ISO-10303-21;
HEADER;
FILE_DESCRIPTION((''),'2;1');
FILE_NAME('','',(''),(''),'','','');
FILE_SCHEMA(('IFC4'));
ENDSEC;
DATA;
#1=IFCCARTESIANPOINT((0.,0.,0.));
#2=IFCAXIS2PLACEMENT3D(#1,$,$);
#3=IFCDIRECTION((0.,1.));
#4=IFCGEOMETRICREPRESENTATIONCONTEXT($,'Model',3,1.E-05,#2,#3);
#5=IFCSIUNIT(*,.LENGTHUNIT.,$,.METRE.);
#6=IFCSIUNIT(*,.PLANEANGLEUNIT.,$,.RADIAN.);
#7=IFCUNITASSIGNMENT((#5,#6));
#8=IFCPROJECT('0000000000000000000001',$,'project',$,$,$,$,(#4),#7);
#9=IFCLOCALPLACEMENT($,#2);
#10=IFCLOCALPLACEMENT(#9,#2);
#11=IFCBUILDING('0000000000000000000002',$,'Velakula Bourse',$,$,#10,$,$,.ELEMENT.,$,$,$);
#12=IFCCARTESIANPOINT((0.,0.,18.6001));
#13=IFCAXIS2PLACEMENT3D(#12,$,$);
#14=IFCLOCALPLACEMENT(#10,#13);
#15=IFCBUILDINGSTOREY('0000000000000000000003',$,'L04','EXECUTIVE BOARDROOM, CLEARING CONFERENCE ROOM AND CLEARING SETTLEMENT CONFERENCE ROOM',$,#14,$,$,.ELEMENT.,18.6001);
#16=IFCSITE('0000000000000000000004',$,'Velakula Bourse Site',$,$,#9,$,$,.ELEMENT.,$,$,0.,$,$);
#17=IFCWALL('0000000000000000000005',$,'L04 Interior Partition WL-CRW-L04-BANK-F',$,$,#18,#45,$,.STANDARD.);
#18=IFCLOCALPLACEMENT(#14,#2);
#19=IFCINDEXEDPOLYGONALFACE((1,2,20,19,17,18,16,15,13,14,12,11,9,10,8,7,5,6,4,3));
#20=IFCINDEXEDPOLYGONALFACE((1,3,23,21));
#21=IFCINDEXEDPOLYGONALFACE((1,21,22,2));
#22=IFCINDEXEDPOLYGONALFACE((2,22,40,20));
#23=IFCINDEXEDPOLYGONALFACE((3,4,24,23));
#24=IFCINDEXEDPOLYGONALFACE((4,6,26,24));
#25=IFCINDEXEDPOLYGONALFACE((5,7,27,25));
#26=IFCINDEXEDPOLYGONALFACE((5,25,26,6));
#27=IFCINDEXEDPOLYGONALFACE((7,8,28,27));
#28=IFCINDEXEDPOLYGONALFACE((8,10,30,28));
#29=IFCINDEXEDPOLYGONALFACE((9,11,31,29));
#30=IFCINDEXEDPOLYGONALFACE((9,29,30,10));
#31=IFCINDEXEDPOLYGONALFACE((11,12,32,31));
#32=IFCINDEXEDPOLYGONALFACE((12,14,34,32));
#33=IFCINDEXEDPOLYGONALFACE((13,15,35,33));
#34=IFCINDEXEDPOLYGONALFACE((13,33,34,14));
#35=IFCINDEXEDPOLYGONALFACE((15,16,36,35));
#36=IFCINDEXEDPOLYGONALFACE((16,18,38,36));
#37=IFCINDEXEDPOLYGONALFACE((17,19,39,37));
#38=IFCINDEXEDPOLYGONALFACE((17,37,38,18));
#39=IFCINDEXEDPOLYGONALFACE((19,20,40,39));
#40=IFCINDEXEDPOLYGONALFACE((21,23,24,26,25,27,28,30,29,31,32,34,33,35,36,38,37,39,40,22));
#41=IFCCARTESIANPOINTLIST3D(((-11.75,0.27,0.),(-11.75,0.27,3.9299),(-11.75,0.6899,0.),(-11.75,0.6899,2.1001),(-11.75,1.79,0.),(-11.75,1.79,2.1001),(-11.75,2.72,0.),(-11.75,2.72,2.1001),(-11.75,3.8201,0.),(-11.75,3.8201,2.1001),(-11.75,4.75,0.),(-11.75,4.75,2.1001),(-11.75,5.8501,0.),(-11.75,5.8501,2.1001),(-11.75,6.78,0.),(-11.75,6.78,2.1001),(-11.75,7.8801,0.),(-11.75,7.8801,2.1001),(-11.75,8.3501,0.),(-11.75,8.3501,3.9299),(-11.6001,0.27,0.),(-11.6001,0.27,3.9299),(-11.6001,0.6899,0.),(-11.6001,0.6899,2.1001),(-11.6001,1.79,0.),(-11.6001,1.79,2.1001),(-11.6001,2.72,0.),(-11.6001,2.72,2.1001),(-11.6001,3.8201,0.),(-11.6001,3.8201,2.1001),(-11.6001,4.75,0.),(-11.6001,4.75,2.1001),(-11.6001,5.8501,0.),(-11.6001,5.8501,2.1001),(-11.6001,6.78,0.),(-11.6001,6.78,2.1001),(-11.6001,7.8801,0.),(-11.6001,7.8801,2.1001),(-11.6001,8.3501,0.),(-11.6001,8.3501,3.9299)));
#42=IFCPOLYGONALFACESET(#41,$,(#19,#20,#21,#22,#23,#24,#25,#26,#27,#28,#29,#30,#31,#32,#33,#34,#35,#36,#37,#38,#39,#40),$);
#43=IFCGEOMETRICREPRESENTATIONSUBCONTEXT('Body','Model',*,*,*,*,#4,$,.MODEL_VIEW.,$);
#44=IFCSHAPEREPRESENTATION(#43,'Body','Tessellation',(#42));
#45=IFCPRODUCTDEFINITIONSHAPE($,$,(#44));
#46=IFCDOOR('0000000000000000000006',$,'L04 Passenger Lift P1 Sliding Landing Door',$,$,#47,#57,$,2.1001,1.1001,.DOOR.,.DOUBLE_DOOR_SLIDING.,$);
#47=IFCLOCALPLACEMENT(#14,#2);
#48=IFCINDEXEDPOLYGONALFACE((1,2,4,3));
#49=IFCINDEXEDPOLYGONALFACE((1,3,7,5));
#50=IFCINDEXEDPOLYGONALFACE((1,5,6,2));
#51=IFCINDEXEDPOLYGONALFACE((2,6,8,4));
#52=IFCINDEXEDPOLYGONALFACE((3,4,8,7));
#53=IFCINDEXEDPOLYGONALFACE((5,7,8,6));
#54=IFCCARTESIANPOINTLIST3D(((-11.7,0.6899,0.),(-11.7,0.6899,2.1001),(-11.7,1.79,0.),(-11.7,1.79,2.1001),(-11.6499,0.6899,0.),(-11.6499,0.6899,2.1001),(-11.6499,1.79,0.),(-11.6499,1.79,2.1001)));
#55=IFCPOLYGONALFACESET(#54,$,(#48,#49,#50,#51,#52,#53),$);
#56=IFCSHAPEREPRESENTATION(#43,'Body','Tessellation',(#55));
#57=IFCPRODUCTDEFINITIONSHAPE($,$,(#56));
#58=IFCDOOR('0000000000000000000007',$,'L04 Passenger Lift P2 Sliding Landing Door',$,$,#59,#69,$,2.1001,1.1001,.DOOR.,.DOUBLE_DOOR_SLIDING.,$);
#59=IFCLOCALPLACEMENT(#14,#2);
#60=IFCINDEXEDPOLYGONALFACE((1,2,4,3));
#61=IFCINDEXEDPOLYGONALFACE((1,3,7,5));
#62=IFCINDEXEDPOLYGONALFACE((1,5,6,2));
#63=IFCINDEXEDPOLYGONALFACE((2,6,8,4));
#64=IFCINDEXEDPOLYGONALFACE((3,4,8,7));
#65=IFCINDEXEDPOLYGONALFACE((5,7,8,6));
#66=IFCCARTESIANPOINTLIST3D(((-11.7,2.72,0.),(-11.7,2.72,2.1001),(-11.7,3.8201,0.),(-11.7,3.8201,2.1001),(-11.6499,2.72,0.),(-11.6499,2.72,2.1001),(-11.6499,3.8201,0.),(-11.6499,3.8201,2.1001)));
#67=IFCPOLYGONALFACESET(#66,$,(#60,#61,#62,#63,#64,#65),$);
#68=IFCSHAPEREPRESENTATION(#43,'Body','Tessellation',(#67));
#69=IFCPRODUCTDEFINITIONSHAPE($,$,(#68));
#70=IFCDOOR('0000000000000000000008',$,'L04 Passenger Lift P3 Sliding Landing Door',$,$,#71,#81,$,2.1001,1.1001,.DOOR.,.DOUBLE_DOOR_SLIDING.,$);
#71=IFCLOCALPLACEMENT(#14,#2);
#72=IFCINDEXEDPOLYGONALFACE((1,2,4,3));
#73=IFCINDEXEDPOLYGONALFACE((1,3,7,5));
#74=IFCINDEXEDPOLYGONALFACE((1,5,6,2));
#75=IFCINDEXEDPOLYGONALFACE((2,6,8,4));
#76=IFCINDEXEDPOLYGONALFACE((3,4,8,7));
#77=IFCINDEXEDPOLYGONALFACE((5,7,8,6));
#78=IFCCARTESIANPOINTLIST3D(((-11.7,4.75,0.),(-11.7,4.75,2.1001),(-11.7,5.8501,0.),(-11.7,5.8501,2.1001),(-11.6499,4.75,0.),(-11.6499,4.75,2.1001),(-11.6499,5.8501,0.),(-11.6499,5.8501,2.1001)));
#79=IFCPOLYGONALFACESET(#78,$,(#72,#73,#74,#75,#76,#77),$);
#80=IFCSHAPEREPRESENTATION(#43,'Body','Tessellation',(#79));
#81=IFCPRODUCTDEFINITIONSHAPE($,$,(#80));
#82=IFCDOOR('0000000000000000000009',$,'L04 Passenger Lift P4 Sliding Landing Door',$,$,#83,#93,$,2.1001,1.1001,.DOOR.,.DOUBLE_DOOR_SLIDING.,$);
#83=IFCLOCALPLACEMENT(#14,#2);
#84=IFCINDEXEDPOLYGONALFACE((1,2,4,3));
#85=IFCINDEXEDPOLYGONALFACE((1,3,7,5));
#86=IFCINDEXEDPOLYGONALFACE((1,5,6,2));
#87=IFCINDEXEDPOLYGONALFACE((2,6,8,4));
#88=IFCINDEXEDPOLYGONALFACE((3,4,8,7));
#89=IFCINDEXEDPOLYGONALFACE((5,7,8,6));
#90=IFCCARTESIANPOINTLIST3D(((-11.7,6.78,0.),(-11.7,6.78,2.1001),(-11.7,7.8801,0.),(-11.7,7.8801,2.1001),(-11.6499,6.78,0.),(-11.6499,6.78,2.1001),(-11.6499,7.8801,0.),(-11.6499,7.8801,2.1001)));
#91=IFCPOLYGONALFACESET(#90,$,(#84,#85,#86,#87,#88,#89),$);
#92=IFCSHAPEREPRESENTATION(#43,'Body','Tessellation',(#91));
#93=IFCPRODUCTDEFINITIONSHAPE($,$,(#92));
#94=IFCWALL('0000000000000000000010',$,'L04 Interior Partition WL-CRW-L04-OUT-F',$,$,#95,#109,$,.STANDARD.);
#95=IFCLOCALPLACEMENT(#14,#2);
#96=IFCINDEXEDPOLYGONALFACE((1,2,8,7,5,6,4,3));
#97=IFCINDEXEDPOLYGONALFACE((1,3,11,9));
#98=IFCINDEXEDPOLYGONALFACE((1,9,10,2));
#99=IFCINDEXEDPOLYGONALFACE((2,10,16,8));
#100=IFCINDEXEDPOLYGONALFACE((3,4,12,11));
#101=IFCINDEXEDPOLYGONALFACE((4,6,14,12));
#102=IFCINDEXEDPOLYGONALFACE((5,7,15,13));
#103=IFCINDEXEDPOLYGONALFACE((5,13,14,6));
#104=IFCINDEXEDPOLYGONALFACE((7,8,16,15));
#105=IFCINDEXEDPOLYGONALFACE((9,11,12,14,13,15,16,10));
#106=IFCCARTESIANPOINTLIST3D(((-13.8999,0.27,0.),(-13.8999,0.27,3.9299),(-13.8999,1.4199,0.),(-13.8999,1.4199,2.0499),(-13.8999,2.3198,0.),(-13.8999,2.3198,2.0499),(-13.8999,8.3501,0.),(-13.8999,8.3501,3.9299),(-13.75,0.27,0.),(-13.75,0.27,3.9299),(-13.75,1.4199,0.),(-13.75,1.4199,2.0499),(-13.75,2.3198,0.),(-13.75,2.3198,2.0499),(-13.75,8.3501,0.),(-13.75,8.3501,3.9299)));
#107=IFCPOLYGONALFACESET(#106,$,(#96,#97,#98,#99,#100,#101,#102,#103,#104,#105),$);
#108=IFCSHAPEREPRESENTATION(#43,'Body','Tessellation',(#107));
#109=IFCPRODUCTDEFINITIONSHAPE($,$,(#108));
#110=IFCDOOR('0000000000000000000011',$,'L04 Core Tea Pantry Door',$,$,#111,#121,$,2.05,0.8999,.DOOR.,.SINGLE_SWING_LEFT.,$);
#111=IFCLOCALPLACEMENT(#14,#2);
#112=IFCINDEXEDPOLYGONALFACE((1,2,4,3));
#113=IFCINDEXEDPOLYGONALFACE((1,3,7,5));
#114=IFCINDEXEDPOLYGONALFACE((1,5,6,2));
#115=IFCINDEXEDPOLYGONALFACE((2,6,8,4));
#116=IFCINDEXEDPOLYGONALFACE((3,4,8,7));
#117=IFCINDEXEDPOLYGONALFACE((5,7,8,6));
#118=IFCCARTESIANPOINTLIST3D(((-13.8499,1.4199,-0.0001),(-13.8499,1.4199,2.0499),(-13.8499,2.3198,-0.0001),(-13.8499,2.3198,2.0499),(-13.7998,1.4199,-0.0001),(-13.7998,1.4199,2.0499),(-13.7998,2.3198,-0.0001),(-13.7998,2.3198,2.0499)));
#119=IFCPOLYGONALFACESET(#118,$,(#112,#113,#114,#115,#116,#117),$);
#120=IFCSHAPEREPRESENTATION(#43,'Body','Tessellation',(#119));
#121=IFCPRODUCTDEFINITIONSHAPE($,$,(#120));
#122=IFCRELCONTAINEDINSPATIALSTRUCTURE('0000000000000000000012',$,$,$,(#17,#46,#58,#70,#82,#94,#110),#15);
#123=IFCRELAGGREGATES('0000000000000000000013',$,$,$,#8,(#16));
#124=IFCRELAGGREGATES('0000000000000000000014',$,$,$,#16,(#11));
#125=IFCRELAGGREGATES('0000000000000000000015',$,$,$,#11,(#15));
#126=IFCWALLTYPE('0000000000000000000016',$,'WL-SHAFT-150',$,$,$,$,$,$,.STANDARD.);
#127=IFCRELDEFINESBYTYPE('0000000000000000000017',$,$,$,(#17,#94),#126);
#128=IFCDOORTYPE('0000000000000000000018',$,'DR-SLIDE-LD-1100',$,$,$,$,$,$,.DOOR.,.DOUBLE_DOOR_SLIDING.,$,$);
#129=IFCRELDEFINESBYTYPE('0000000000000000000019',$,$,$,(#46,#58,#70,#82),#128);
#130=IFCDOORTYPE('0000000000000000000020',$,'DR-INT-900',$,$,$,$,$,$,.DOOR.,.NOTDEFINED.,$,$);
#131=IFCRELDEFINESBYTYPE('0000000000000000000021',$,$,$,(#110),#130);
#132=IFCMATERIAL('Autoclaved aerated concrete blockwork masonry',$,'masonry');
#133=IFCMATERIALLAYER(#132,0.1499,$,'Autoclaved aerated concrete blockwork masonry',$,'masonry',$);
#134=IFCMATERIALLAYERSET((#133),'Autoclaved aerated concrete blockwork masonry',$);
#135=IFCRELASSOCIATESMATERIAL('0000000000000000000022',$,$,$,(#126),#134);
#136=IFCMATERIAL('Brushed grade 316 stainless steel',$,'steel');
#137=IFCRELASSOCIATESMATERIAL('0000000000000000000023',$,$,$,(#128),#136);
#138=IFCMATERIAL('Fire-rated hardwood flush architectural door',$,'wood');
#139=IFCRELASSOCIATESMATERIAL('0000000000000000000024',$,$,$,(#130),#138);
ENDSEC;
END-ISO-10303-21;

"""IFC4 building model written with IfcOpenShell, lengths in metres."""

from ifc_helpers import new_model, si_unit, direction, frame, frame_2d, origin, place, context, subcontext, project, spatial, rectangle, extrude, material, layer, layer_set, type_object, element, fill, save


model = new_model("IFC4")

# Units and contexts
model_context = context("Model", 3, precision=1e-05, world=origin(), true_north=direction((0.0, 1.0)))
body_context = subcontext(model_context, "Body", "Model", "MODEL_VIEW")
ifc_project = project(units=[si_unit("LENGTHUNIT", "METRE"), si_unit("PLANEANGLEUNIT", "RADIAN")], contexts=[model_context])

# Site, building, storey
site_placement = place(None, origin())
site = spatial("IfcSite", under=ifc_project, at=site_placement, Name="Velakula Bourse Site", CompositionType="ELEMENT", RefElevation=0.0)
building_placement = place(site_placement, origin())
building = spatial("IfcBuilding", under=site, at=building_placement, Name="Velakula Bourse", CompositionType="ELEMENT")
storey_placement = place(building_placement, frame((0.0, 0.0, 18.6001)))
storey = spatial("IfcBuildingStorey", under=building, at=storey_placement, Name="L04", Description="EXECUTIVE BOARDROOM, CLEARING CONFERENCE ROOM AND CLEARING SETTLEMENT CONFERENCE ROOM", CompositionType="ELEMENT", Elevation=18.6001)

# Shared definitions
ifc_material_1 = material(Name="Fire-rated hardwood flush architectural door", Category="wood")

# Shared definitions
ifc_material_2 = material(Name="Autoclaved aerated concrete blockwork masonry", Category="masonry")
ifc_layer_1 = layer(ifc_material_2, 0.1499, Name="Autoclaved aerated concrete blockwork masonry", Category="masonry")
ifc_layer_set_1 = layer_set([ifc_layer_1], Name="Autoclaved aerated concrete blockwork masonry")
wall_type_1 = type_object("IfcWallType", Name="WL-SHAFT-150", PredefinedType="STANDARD", material=ifc_layer_set_1)

# Wall, openings, doors
wall_1_placement = place(storey_placement, frame((-11.675, 0.27, 0.0), z_axis=(0.0, 0.0, 1.0), x_axis=(0.0, 1.0, 0.0)))
wall_1 = element("IfcWall", 1, at=wall_1_placement, inside=storey, type_object=wall_type_1, Name="L04 Interior Partition WL-CRW-L04-BANK-F", PredefinedType="STANDARD", context=body_context, shape_type="SweptSolid", body=[
    extrude(rectangle(XDim=8.0801, YDim=0.1499, at=frame_2d((4.04, 0.0))), origin(), (0.0, 0.0, 1.0), 3.9299),
])
opening_1_placement = place(wall_1_placement, frame((0.4199, 0.0, 0.0)))
opening_1 = element("IfcOpeningElement", 2, at=opening_1_placement, cuts=wall_1, PredefinedType="OPENING", context=body_context, shape_type="SweptSolid", body=[
    extrude(rectangle(XDim=1.1001, YDim=2.1001, at=frame_2d((0.55, 1.05))), frame((0.0, 0.085, 0.0), z_axis=(0.0, -1.0, 0.0), x_axis=(1.0, 0.0, 0.0)), (0.0, 0.0, 1.0), 0.1699),
])
opening_2_placement = place(wall_1_placement, frame((2.45, 0.0, 0.0)))
opening_2 = element("IfcOpeningElement", 3, at=opening_2_placement, cuts=wall_1, PredefinedType="OPENING", context=body_context, shape_type="SweptSolid", body=[
    extrude(rectangle(XDim=1.1001, YDim=2.1001, at=frame_2d((0.55, 1.05))), frame((0.0, 0.085, 0.0), z_axis=(0.0, -1.0, 0.0), x_axis=(1.0, 0.0, 0.0)), (0.0, 0.0, 1.0), 0.1699),
])
opening_3_placement = place(wall_1_placement, frame((4.48, 0.0, 0.0)))
opening_3 = element("IfcOpeningElement", 4, at=opening_3_placement, cuts=wall_1, PredefinedType="OPENING", context=body_context, shape_type="SweptSolid", body=[
    extrude(rectangle(XDim=1.1001, YDim=2.1001, at=frame_2d((0.55, 1.05))), frame((0.0, 0.085, 0.0), z_axis=(0.0, -1.0, 0.0), x_axis=(1.0, 0.0, 0.0)), (0.0, 0.0, 1.0), 0.1699),
])
opening_4_placement = place(wall_1_placement, frame((6.51, 0.0, 0.0)))
opening_4 = element("IfcOpeningElement", 5, at=opening_4_placement, cuts=wall_1, PredefinedType="OPENING", context=body_context, shape_type="SweptSolid", body=[
    extrude(rectangle(XDim=1.1001, YDim=2.1001, at=frame_2d((0.55, 1.05))), frame((0.0, 0.085, 0.0), z_axis=(0.0, -1.0, 0.0), x_axis=(1.0, 0.0, 0.0)), (0.0, 0.0, 1.0), 0.1699),
])
ifc_material_3 = material(Name="Brushed grade 316 stainless steel", Category="steel")
door_type_1 = type_object("IfcDoorType", Name="DR-SLIDE-LD-1100", OperationType="DOUBLE_DOOR_SLIDING", PredefinedType="DOOR", material=ifc_material_3)
door_1_placement = place(opening_1_placement, origin())
door_1 = element("IfcDoor", 6, at=door_1_placement, inside=storey, type_object=door_type_1, Name="L04 Passenger Lift P1 Sliding Landing Door", OperationType="DOUBLE_DOOR_SLIDING", OverallHeight=2.1001, OverallWidth=1.1001, PredefinedType="DOOR", context=body_context, shape_type="SweptSolid", body=[
    extrude(rectangle(XDim=1.1001, YDim=2.1001, at=frame_2d((0.55, 1.05))), frame((0.0, 0.0249, 0.0), z_axis=(0.0, -1.0, 0.0), x_axis=(1.0, 0.0, 0.0)), (0.0, 0.0, 1.0), 0.05),
])
fill(opening_1, door_1)
door_2_placement = place(opening_2_placement, origin())
door_2 = element("IfcDoor", 7, at=door_2_placement, inside=storey, type_object=door_type_1, Name="L04 Passenger Lift P2 Sliding Landing Door", OperationType="DOUBLE_DOOR_SLIDING", OverallHeight=2.1001, OverallWidth=1.1001, PredefinedType="DOOR", context=body_context, shape_type="SweptSolid", body=[
    extrude(rectangle(XDim=1.1001, YDim=2.1001, at=frame_2d((0.55, 1.05))), frame((0.0, 0.0249, 0.0), z_axis=(0.0, -1.0, 0.0), x_axis=(1.0, 0.0, 0.0)), (0.0, 0.0, 1.0), 0.05),
])
fill(opening_2, door_2)
door_3_placement = place(opening_3_placement, origin())
door_3 = element("IfcDoor", 8, at=door_3_placement, inside=storey, type_object=door_type_1, Name="L04 Passenger Lift P3 Sliding Landing Door", OperationType="DOUBLE_DOOR_SLIDING", OverallHeight=2.1001, OverallWidth=1.1001, PredefinedType="DOOR", context=body_context, shape_type="SweptSolid", body=[
    extrude(rectangle(XDim=1.1001, YDim=2.1001, at=frame_2d((0.55, 1.05))), frame((0.0, 0.0249, 0.0), z_axis=(0.0, -1.0, 0.0), x_axis=(1.0, 0.0, 0.0)), (0.0, 0.0, 1.0), 0.05),
])
fill(opening_3, door_3)
door_4_placement = place(opening_4_placement, origin())
door_4 = element("IfcDoor", 9, at=door_4_placement, inside=storey, type_object=door_type_1, Name="L04 Passenger Lift P4 Sliding Landing Door", OperationType="DOUBLE_DOOR_SLIDING", OverallHeight=2.1001, OverallWidth=1.1001, PredefinedType="DOOR", context=body_context, shape_type="SweptSolid", body=[
    extrude(rectangle(XDim=1.1001, YDim=2.1001, at=frame_2d((0.55, 1.05))), frame((0.0, 0.0249, 0.0), z_axis=(0.0, -1.0, 0.0), x_axis=(1.0, 0.0, 0.0)), (0.0, 0.0, 1.0), 0.05),
])
fill(opening_4, door_4)

# Wall, opening, door
wall_2_placement = place(storey_placement, frame((-13.825, 0.27, 0.0), z_axis=(0.0, 0.0, 1.0), x_axis=(0.0, 1.0, 0.0)))
wall_2 = element("IfcWall", 10, at=wall_2_placement, inside=storey, type_object=wall_type_1, Name="L04 Interior Partition WL-CRW-L04-OUT-F", PredefinedType="STANDARD", context=body_context, shape_type="SweptSolid", body=[
    extrude(rectangle(XDim=8.0801, YDim=0.1499, at=frame_2d((4.04, 0.0))), origin(), (0.0, 0.0, 1.0), 3.9299),
])
opening_5_placement = place(wall_2_placement, frame((1.1499, 0.0, 0.0)))
opening_5 = element("IfcOpeningElement", 11, at=opening_5_placement, cuts=wall_2, PredefinedType="OPENING", context=body_context, shape_type="SweptSolid", body=[
    extrude(rectangle(XDim=0.8999, YDim=2.05, at=frame_2d((0.45, 1.0249))), frame((0.0, 0.085, 0.0), z_axis=(0.0, -1.0, 0.0), x_axis=(1.0, 0.0, 0.0)), (0.0, 0.0, 1.0), 0.1699),
])
door_type_2 = type_object("IfcDoorType", Name="DR-INT-900", OperationType="NOTDEFINED", PredefinedType="DOOR", material=ifc_material_1)
door_5_placement = place(opening_5_placement, origin())
door_5 = element("IfcDoor", 12, at=door_5_placement, inside=storey, type_object=door_type_2, Name="L04 Core Tea Pantry Door", OperationType="SINGLE_SWING_LEFT", OverallHeight=2.05, OverallWidth=0.8999, PredefinedType="DOOR", context=body_context, shape_type="SweptSolid", body=[
    extrude(rectangle(XDim=0.8999, YDim=2.05, at=frame_2d((0.45, 1.0249))), frame((0.0, 0.0249, 0.0), z_axis=(0.0, -1.0, 0.0), x_axis=(1.0, 0.0, 0.0)), (0.0, 0.0, 1.0), 0.05),
])
fill(opening_5, door_5)

save(model, "model.ifc")
